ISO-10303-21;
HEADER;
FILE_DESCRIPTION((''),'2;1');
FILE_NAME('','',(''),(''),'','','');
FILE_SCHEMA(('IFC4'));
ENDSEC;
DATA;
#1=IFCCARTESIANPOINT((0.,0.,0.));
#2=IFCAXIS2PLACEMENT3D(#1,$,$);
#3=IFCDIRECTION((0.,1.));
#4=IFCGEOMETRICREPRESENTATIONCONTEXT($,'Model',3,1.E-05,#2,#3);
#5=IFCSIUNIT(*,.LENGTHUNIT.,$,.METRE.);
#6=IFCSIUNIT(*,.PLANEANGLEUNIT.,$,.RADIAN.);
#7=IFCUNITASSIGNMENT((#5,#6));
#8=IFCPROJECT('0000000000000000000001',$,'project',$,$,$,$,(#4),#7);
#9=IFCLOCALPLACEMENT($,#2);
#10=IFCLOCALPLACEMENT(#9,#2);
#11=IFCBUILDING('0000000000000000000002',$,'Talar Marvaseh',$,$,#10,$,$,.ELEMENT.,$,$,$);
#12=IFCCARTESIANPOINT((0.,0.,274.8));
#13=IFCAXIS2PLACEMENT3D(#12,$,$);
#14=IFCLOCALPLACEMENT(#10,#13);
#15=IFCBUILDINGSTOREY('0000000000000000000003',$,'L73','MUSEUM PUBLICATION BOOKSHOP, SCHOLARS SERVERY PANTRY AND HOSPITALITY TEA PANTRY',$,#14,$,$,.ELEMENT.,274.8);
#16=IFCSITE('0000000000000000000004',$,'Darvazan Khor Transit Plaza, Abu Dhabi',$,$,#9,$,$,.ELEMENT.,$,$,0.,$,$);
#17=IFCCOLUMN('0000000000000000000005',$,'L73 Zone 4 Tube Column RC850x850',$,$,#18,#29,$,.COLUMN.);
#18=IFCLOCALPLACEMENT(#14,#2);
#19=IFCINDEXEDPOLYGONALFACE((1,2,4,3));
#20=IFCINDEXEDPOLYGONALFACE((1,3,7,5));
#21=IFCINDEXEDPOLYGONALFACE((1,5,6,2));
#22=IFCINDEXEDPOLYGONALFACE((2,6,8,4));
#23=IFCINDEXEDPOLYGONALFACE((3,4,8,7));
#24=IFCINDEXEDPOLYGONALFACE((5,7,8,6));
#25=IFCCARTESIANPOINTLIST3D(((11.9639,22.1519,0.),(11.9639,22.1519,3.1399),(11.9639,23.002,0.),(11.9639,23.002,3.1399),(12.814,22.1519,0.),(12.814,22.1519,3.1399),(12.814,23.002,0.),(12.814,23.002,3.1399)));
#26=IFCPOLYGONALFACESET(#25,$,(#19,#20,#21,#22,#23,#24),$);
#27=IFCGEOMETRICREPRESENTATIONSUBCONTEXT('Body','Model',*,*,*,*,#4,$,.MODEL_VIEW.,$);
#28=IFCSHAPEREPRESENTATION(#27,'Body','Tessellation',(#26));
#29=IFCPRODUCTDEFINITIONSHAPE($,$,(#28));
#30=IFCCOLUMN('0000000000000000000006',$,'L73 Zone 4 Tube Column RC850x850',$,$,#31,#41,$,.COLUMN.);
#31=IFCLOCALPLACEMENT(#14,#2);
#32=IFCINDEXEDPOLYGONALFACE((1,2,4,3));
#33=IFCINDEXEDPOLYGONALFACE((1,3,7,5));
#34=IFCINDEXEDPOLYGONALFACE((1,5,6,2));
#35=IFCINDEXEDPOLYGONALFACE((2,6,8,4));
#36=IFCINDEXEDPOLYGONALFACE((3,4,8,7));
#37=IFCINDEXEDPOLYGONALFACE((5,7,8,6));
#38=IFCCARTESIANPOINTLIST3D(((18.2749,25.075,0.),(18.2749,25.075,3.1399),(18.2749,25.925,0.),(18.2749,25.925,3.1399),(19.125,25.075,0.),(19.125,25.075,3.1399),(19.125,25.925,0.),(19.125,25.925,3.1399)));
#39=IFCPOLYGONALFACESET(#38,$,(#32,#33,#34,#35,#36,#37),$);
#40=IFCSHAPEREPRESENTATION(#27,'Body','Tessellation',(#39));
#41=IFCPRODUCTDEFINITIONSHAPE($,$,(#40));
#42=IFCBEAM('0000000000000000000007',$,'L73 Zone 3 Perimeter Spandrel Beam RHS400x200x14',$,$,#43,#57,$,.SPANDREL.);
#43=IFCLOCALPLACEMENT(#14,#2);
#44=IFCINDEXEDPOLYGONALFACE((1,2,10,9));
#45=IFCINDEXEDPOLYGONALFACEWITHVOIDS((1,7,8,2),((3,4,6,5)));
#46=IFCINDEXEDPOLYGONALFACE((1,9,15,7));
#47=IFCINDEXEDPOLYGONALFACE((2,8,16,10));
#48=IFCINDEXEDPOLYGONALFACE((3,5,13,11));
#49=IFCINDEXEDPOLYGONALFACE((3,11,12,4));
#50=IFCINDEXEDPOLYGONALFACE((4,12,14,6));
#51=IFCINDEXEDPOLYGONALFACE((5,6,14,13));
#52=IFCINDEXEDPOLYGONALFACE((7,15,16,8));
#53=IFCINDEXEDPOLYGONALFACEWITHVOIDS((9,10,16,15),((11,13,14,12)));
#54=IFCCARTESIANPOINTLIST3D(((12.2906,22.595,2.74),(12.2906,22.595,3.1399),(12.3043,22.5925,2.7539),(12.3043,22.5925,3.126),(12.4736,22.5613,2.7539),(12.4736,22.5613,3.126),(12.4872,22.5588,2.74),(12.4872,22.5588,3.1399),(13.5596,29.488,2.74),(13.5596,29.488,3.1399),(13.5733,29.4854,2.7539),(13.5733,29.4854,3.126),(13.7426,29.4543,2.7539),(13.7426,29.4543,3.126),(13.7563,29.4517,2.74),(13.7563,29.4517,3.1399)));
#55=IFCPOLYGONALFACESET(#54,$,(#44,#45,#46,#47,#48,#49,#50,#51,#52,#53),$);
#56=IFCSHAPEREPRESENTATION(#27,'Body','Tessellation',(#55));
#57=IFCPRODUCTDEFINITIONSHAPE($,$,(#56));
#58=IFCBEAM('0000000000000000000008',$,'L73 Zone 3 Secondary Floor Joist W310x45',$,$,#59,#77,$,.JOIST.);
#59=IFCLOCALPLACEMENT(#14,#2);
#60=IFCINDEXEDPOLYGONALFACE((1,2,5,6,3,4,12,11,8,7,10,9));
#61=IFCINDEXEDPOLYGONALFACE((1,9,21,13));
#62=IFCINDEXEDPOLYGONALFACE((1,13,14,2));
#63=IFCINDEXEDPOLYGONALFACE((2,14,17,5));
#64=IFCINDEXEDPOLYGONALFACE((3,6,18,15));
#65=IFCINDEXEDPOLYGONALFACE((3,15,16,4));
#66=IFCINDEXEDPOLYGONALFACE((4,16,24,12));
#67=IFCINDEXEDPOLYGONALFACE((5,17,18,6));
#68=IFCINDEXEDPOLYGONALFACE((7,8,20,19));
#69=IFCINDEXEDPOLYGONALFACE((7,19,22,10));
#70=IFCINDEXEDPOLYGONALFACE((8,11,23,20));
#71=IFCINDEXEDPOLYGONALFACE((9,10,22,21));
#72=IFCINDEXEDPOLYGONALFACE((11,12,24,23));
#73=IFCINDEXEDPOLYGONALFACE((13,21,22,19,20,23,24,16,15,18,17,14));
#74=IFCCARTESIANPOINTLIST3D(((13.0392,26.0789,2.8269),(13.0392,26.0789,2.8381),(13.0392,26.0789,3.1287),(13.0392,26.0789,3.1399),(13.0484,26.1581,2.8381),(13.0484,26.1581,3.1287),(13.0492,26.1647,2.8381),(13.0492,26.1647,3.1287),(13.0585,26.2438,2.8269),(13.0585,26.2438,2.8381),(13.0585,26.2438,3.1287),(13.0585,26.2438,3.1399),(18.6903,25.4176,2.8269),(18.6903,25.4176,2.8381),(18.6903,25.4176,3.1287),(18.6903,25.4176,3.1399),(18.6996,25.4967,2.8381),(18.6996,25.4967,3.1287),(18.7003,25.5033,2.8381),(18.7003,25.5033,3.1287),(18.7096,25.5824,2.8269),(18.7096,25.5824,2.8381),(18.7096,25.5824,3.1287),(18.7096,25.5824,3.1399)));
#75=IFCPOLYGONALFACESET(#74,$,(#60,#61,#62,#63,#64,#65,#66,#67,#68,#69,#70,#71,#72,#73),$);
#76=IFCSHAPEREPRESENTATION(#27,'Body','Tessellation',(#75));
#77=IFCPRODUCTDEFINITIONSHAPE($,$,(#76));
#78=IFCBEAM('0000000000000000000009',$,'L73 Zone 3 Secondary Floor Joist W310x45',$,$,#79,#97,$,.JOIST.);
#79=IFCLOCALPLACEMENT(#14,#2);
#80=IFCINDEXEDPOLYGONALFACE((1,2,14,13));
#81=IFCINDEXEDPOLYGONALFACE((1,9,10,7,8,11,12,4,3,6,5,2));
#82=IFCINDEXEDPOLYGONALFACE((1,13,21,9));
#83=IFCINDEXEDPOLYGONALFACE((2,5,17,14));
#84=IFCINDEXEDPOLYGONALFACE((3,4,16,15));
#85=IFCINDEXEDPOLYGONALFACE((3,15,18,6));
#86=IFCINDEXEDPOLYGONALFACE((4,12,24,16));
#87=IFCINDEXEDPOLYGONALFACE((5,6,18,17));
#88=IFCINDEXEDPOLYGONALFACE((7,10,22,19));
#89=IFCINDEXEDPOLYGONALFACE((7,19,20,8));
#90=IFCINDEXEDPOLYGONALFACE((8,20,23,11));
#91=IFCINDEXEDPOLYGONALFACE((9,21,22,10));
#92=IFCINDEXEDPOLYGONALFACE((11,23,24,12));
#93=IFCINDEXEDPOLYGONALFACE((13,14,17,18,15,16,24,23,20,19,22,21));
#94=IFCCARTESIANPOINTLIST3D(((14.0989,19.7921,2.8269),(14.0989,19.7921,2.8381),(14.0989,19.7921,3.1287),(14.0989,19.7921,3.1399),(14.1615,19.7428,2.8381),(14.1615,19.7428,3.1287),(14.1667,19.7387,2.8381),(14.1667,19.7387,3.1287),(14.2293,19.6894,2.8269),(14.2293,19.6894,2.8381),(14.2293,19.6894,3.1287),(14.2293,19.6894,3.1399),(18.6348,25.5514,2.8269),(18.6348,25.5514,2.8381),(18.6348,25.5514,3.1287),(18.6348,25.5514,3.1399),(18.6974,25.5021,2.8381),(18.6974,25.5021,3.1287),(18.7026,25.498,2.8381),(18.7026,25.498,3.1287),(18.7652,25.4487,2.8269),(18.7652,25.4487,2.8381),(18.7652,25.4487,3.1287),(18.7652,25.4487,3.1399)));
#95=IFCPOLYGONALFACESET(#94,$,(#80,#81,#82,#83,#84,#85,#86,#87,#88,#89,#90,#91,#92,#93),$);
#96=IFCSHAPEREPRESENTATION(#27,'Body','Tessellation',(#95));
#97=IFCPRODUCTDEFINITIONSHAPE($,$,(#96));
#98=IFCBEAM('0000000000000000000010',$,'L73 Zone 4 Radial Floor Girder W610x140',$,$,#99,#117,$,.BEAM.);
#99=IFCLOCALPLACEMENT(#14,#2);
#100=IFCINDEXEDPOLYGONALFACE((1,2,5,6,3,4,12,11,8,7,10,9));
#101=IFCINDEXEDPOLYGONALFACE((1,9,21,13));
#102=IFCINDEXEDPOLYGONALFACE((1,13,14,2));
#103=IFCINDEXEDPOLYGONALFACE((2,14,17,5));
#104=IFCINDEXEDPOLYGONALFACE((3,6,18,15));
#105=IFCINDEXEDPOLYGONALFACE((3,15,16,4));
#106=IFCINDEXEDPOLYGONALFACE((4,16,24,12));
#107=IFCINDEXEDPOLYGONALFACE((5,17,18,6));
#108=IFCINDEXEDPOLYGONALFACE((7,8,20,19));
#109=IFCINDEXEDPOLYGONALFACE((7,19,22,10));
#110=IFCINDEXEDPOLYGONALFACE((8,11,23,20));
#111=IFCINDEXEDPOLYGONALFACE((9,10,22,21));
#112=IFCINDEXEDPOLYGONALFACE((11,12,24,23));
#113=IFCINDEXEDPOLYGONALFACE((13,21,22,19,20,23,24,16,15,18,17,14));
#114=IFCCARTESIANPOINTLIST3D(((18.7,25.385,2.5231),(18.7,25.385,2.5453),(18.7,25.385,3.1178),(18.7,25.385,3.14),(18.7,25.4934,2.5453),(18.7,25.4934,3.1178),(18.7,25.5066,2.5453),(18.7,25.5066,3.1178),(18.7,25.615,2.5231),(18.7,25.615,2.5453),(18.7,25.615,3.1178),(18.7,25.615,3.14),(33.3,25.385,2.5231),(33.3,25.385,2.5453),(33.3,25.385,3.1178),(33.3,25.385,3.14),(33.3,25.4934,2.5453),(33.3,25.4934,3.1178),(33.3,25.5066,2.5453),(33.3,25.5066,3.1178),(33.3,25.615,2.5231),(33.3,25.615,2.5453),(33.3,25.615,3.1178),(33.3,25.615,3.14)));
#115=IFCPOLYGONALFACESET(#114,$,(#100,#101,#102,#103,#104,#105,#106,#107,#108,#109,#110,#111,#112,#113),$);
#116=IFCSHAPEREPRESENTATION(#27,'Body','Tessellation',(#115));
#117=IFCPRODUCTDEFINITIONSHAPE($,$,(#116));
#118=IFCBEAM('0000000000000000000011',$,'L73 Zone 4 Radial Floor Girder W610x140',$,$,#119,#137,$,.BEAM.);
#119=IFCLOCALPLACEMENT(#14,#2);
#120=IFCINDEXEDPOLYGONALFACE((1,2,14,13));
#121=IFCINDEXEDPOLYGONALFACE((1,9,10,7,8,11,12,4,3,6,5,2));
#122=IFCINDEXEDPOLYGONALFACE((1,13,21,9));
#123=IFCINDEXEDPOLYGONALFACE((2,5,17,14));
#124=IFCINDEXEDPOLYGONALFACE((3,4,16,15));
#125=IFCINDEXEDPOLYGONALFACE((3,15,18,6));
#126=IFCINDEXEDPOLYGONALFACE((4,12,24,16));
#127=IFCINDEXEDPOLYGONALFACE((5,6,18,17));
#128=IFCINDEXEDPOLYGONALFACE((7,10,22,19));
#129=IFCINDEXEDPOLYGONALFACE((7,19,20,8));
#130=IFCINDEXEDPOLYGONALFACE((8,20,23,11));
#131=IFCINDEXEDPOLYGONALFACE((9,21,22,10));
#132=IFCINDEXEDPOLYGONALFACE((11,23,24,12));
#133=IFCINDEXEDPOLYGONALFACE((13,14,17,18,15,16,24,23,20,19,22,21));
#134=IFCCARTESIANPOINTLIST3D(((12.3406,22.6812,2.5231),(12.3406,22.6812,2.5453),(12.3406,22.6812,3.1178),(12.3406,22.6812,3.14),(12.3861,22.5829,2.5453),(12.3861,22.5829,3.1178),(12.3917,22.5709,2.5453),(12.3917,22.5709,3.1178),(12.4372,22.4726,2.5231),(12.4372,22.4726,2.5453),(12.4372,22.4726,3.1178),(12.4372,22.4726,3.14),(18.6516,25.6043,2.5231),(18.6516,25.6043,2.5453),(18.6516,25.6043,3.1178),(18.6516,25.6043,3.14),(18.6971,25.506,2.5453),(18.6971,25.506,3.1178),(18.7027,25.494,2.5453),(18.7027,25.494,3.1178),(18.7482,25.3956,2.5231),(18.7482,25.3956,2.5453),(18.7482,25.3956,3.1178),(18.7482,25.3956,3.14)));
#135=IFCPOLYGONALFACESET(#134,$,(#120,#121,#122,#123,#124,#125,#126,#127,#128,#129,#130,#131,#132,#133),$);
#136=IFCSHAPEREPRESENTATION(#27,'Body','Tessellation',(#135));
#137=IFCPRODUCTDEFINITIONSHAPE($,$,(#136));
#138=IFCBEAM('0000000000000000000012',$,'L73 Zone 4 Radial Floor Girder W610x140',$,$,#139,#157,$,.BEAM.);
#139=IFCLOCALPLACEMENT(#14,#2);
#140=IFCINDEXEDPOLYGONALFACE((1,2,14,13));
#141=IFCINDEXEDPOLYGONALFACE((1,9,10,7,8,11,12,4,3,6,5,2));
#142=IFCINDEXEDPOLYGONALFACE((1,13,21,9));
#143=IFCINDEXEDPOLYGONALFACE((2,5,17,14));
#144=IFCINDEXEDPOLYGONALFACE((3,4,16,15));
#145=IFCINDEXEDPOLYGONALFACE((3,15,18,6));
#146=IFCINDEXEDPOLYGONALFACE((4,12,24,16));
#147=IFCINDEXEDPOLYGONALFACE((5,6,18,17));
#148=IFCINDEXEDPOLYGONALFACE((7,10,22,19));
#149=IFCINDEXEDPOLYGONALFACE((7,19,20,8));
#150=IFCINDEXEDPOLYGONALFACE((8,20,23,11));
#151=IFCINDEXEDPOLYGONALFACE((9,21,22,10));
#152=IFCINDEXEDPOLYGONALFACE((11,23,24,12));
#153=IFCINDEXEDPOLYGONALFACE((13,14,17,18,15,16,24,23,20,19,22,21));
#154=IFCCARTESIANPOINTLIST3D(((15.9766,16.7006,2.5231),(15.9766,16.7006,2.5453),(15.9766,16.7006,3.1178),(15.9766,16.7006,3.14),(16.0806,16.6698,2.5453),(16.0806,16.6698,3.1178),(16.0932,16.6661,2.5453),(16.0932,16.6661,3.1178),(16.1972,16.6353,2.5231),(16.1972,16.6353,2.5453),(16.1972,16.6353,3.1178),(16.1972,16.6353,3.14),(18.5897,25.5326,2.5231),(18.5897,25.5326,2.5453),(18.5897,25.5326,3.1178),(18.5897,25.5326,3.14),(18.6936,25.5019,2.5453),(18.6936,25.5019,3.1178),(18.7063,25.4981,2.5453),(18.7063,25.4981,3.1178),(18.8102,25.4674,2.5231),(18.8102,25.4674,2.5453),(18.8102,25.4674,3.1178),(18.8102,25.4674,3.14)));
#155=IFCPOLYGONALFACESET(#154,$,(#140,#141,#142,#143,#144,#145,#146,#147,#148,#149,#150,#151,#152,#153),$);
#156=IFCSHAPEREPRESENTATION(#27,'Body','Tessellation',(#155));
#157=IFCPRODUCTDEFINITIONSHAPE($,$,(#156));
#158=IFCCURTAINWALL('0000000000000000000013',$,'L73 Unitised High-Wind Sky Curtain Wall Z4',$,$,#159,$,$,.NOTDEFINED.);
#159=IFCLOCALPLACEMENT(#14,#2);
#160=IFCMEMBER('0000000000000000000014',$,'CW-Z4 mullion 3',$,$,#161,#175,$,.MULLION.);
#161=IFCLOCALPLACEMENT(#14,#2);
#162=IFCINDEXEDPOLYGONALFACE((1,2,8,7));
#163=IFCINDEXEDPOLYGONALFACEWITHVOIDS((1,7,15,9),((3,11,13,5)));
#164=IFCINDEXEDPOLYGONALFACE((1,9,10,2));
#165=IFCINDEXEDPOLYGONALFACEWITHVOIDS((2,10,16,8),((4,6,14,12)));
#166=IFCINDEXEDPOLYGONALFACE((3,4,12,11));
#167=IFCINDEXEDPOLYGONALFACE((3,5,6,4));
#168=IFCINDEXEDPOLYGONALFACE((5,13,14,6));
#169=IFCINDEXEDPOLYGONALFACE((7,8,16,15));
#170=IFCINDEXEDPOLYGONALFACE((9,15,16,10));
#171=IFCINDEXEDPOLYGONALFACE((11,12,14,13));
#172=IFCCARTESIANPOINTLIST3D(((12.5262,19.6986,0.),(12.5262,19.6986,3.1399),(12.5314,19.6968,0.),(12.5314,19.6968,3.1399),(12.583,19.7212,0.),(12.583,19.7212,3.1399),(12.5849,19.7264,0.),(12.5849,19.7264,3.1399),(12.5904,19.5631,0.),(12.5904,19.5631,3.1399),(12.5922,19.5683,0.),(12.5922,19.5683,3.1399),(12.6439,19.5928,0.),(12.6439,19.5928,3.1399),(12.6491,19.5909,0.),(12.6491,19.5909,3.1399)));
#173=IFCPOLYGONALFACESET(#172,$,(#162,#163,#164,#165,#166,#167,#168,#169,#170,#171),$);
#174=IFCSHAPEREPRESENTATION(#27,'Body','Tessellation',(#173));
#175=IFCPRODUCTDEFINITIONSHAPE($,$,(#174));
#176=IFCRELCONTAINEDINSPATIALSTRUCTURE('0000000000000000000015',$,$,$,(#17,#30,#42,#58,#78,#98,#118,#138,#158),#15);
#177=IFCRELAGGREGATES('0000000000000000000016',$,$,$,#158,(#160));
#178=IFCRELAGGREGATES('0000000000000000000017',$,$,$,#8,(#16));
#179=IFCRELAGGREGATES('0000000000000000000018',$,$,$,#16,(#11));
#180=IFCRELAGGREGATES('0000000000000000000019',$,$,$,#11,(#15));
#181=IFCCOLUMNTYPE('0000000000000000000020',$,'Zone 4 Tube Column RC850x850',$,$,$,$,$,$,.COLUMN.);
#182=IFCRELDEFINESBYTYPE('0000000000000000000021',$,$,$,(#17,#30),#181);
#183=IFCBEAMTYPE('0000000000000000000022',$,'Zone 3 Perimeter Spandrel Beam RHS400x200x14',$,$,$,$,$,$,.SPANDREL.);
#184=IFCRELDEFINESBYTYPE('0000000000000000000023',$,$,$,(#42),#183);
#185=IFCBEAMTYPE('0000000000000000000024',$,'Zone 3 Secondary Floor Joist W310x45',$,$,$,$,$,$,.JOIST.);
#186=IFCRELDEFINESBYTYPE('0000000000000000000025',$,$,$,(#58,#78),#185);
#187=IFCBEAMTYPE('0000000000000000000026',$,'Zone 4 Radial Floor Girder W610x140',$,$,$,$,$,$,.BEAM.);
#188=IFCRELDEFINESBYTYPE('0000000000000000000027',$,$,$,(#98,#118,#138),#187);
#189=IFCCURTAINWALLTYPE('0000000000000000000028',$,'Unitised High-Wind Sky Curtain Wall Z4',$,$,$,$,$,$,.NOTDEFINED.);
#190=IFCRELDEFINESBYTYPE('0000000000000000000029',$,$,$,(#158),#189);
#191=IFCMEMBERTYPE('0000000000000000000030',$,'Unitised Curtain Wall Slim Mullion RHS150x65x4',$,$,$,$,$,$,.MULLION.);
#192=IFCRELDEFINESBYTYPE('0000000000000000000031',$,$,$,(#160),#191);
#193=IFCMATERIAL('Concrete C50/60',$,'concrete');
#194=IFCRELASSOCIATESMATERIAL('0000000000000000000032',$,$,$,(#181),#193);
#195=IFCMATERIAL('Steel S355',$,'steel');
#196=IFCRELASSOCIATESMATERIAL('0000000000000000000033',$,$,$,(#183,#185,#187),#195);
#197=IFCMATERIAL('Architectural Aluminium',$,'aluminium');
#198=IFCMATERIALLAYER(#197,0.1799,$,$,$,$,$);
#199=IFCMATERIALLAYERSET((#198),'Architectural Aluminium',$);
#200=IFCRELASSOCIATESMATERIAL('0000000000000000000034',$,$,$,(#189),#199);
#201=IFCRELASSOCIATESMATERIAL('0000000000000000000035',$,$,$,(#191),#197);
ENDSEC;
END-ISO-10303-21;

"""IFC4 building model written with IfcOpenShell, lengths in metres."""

from ifc_helpers import new_model, si_unit, direction, frame, origin, origin_2d, place, context, subcontext, project, spatial, rectangle, hollow_rectangle, i_section, extrude, source, transform, mapped, material, layer, layer_set, material_profile, profile_set, type_object, type_shapes, element, aggregate, save


model = new_model("IFC4")

# Units and contexts
model_context = context("Model", 3, precision=1e-05, world=origin(), true_north=direction((0.0, 1.0)))
body_context = subcontext(model_context, "Body", "Model", "MODEL_VIEW")
ifc_project = project(units=[si_unit("LENGTHUNIT", "METRE"), si_unit("PLANEANGLEUNIT", "RADIAN")], contexts=[model_context])

# Site, building, storey
site_placement = place(None, origin())
site = spatial("IfcSite", under=ifc_project, at=site_placement, Name="Darvazan Khor Transit Plaza, Abu Dhabi", CompositionType="ELEMENT", RefElevation=0.0)
building_placement = place(site_placement, origin())
building = spatial("IfcBuilding", under=site, at=building_placement, Name="Talar Marvaseh", CompositionType="ELEMENT")
storey_placement = place(building_placement, frame((0.0, 0.0, 274.8)))
storey = spatial("IfcBuildingStorey", under=building, at=storey_placement, Name="L73", Description="MUSEUM PUBLICATION BOOKSHOP, SCHOLARS SERVERY PANTRY AND HOSPITALITY TEA PANTRY", CompositionType="ELEMENT", Elevation=274.8)

# Columns
ifc_material_1 = material(Name="Concrete C50/60", Category="concrete")
ifc_material_profile_1 = material_profile(ifc_material_1, rectangle(XDim=0.8501, YDim=0.8501, at=origin_2d()), Name="RC850x850")
ifc_profile_set_1 = profile_set([ifc_material_profile_1], Name="Concrete C50/60")
column_type = type_object("IfcColumnType", Name="Zone 4 Tube Column RC850x850", PredefinedType="COLUMN", material=ifc_profile_set_1)
for number, where, z_axis, x_axis, name in (
    (1, (12.3889, 22.5769, 0.0), (0.0, 0.0, 1.0), (1.0, 0.0, 0.0), "L73 Zone 4 Tube Column RC850x850"),
    (2, (18.7, 25.5, 0.0), (0.0, 0.0, 1.0), (1.0, 0.0, 0.0), "L73 Zone 4 Tube Column RC850x850"),
):
    element("IfcColumn", number, at=place(storey_placement, frame(where, z_axis=z_axis, x_axis=x_axis)), inside=storey, type_object=column_type, Name=name, PredefinedType="COLUMN", context=body_context, shape_type="SweptSolid", body=[
        extrude(rectangle(XDim=0.8501, YDim=0.8501, at=origin_2d()), origin(), (0.0, 0.0, 1.0), 3.1399),
    ])

# Beams
ifc_material_2 = material(Name="Steel S355", Category="steel")
ifc_material_profile_2 = material_profile(ifc_material_2, hollow_rectangle(XDim=0.2, YDim=0.3999, WallThickness=0.0139, at=origin_2d()), Name="RHS400x200x14")
ifc_profile_set_2 = profile_set([ifc_material_profile_2], Name="Steel S355")
beam_type_1 = type_object("IfcBeamType", Name="Zone 3 Perimeter Spandrel Beam RHS400x200x14", PredefinedType="SPANDREL", material=ifc_profile_set_2)
beam_1_placement = place(storey_placement, frame((12.3889, 22.5769, 2.9399), z_axis=(0.181061, 0.983472, 0.0), x_axis=(-0.983472, 0.181061, 0.0)))
element("IfcBeam", 3, at=beam_1_placement, inside=storey, type_object=beam_type_1, Name="L73 Zone 3 Perimeter Spandrel Beam RHS400x200x14", PredefinedType="SPANDREL", context=body_context, shape_type="SweptSolid", body=[
    extrude(hollow_rectangle(XDim=0.2, YDim=0.3999, WallThickness=0.0139, at=origin_2d()), origin(), (0.0, 0.0, 1.0), 7.0088),
])
ifc_material_profile_3 = material_profile(ifc_material_2, i_section(OverallWidth=0.166, OverallDepth=0.313, WebThickness=0.0066, FlangeThickness=0.0112, at=origin_2d()), Name="W310x45")
ifc_profile_set_3 = profile_set([ifc_material_profile_3], Name="Steel S355")
beam_type_2 = type_object("IfcBeamType", Name="Zone 3 Secondary Floor Joist W310x45", PredefinedType="JOIST", material=ifc_profile_set_3)
beam_2_placement = place(storey_placement, frame((13.0488, 26.1614, 2.9834), z_axis=(0.993221, -0.116241, 0.0), x_axis=(0.116241, 0.993221, 0.0)))
element("IfcBeam", 4, at=beam_2_placement, inside=storey, type_object=beam_type_2, Name="L73 Zone 3 Secondary Floor Joist W310x45", PredefinedType="JOIST", context=body_context, shape_type="SweptSolid", body=[
    extrude(i_section(OverallWidth=0.166, OverallDepth=0.313, WebThickness=0.0066, FlangeThickness=0.0112, at=origin_2d()), origin(), (0.0, 0.0, 1.0), 5.6897),
])
beam_3_placement = place(storey_placement, frame((14.1641, 19.7407, 2.9834), z_axis=(0.618727, 0.785606, 0.0), x_axis=(-0.785606, 0.618727, 0.0)))
element("IfcBeam", 5, at=beam_3_placement, inside=storey, type_object=beam_type_2, Name="L73 Zone 3 Secondary Floor Joist W310x45", PredefinedType="JOIST", context=body_context, shape_type="SweptSolid", body=[
    extrude(i_section(OverallWidth=0.166, OverallDepth=0.313, WebThickness=0.0066, FlangeThickness=0.0112, at=origin_2d()), origin(), (0.0, 0.0, 1.0), 7.3311),
])
ifc_material_profile_4 = material_profile(ifc_material_2, i_section(OverallWidth=0.23, OverallDepth=0.6169, WebThickness=0.0132, FlangeThickness=0.0222, at=origin_2d()), Name="W610x140")
ifc_profile_set_4 = profile_set([ifc_material_profile_4], Name="Steel S355")
beam_type_3 = type_object("IfcBeamType", Name="Zone 4 Radial Floor Girder W610x140", PredefinedType="BEAM", material=ifc_profile_set_4)
beam_4_placement = place(storey_placement, frame((18.7, 25.5, 2.8315), z_axis=(1.0, 0.0, 0.0), x_axis=(0.0, 1.0, 0.0)))
element("IfcBeam", 6, at=beam_4_placement, inside=storey, type_object=beam_type_3, Name="L73 Zone 4 Radial Floor Girder W610x140", PredefinedType="BEAM", context=body_context, shape_type="SweptSolid", body=[
    extrude(i_section(OverallWidth=0.23, OverallDepth=0.6169, WebThickness=0.0132, FlangeThickness=0.0222, at=origin_2d()), origin(), (0.0, 0.0, 1.0), 14.6001),
])
beam_5_placement = place(storey_placement, frame((12.3889, 22.5769, 2.8315), z_axis=(0.907395, 0.42028, 0.0), x_axis=(-0.42028, 0.907395, 0.0)))
element("IfcBeam", 7, at=beam_5_placement, inside=storey, type_object=beam_type_3, Name="L73 Zone 4 Radial Floor Girder W610x140", PredefinedType="BEAM", context=body_context, shape_type="SweptSolid", body=[
    extrude(i_section(OverallWidth=0.23, OverallDepth=0.6169, WebThickness=0.0132, FlangeThickness=0.0222, at=origin_2d()), origin(), (0.0, 0.0, 1.0), 6.9551),
])
beam_6_placement = place(storey_placement, frame((16.0869, 16.668, 2.8315), z_axis=(0.283703, 0.958912, 0.0), x_axis=(-0.958912, 0.283703, 0.0)))
element("IfcBeam", 8, at=beam_6_placement, inside=storey, type_object=beam_type_3, Name="L73 Zone 4 Radial Floor Girder W610x140", PredefinedType="BEAM", context=body_context, shape_type="SweptSolid", body=[
    extrude(i_section(OverallWidth=0.23, OverallDepth=0.6169, WebThickness=0.0132, FlangeThickness=0.0222, at=origin_2d()), origin(), (0.0, 0.0, 1.0), 9.2104),
])

# Curtain wall, member
ifc_material_3 = material(Name="Architectural Aluminium", Category="aluminium")
ifc_layer_1 = layer(ifc_material_3, 0.1799)
ifc_layer_set_1 = layer_set([ifc_layer_1], Name="Architectural Aluminium")
curtain_wall_type = type_object("IfcCurtainWallType", Name="Unitised High-Wind Sky Curtain Wall Z4", PredefinedType="NOTDEFINED", material=ifc_layer_set_1)
curtain_wall_1_placement = place(storey_placement, origin())
curtain_wall_1 = element("IfcCurtainWall", 9, at=curtain_wall_1_placement, inside=storey, type_object=curtain_wall_type, Name="L73 Unitised High-Wind Sky Curtain Wall Z4", PredefinedType="NOTDEFINED")
ifc_material_profile_5 = material_profile(ifc_material_3, hollow_rectangle(XDim=0.0649, YDim=0.1499, WallThickness=0.0039, at=origin_2d()), Name="RHS150x65x4")
ifc_profile_set_5 = profile_set([ifc_material_profile_5], Name="Architectural Aluminium")
member_type_1 = type_object("IfcMemberType", Name="Unitised Curtain Wall Slim Mullion RHS150x65x4", PredefinedType="MULLION", material=ifc_profile_set_5)
shared_shape_1 = source(origin(), body_context, "Body", "SweptSolid", [
    extrude(hollow_rectangle(XDim=0.0649, YDim=0.1499, WallThickness=0.0039, at=origin_2d()), origin(), (0.0, 0.0, 1.0), 3.1399),
])
type_shapes(member_type_1, [shared_shape_1])
member_1_placement = place(storey_placement, frame((12.5876, 19.6448, 0.0), z_axis=(0.0, 0.0, 1.0), x_axis=(-0.903736, -0.42809, 0.0)))
member_1 = element("IfcMember", 10, at=member_1_placement, type_object=member_type_1, Name="CW-Z4 mullion 3", PredefinedType="MULLION", context=body_context, shape_type="MappedRepresentation", body=[
    mapped(shared_shape_1, transform((0.0, 0.0, 0.0), x_axis=(1.0, 0.0, 0.0), y_axis=(0.0, 1.0, 0.0), z_axis=(0.0, 0.0, 1.0), scale=1.0)),
])

aggregate(curtain_wall_1, [member_1])

save(model, "model.ifc")
